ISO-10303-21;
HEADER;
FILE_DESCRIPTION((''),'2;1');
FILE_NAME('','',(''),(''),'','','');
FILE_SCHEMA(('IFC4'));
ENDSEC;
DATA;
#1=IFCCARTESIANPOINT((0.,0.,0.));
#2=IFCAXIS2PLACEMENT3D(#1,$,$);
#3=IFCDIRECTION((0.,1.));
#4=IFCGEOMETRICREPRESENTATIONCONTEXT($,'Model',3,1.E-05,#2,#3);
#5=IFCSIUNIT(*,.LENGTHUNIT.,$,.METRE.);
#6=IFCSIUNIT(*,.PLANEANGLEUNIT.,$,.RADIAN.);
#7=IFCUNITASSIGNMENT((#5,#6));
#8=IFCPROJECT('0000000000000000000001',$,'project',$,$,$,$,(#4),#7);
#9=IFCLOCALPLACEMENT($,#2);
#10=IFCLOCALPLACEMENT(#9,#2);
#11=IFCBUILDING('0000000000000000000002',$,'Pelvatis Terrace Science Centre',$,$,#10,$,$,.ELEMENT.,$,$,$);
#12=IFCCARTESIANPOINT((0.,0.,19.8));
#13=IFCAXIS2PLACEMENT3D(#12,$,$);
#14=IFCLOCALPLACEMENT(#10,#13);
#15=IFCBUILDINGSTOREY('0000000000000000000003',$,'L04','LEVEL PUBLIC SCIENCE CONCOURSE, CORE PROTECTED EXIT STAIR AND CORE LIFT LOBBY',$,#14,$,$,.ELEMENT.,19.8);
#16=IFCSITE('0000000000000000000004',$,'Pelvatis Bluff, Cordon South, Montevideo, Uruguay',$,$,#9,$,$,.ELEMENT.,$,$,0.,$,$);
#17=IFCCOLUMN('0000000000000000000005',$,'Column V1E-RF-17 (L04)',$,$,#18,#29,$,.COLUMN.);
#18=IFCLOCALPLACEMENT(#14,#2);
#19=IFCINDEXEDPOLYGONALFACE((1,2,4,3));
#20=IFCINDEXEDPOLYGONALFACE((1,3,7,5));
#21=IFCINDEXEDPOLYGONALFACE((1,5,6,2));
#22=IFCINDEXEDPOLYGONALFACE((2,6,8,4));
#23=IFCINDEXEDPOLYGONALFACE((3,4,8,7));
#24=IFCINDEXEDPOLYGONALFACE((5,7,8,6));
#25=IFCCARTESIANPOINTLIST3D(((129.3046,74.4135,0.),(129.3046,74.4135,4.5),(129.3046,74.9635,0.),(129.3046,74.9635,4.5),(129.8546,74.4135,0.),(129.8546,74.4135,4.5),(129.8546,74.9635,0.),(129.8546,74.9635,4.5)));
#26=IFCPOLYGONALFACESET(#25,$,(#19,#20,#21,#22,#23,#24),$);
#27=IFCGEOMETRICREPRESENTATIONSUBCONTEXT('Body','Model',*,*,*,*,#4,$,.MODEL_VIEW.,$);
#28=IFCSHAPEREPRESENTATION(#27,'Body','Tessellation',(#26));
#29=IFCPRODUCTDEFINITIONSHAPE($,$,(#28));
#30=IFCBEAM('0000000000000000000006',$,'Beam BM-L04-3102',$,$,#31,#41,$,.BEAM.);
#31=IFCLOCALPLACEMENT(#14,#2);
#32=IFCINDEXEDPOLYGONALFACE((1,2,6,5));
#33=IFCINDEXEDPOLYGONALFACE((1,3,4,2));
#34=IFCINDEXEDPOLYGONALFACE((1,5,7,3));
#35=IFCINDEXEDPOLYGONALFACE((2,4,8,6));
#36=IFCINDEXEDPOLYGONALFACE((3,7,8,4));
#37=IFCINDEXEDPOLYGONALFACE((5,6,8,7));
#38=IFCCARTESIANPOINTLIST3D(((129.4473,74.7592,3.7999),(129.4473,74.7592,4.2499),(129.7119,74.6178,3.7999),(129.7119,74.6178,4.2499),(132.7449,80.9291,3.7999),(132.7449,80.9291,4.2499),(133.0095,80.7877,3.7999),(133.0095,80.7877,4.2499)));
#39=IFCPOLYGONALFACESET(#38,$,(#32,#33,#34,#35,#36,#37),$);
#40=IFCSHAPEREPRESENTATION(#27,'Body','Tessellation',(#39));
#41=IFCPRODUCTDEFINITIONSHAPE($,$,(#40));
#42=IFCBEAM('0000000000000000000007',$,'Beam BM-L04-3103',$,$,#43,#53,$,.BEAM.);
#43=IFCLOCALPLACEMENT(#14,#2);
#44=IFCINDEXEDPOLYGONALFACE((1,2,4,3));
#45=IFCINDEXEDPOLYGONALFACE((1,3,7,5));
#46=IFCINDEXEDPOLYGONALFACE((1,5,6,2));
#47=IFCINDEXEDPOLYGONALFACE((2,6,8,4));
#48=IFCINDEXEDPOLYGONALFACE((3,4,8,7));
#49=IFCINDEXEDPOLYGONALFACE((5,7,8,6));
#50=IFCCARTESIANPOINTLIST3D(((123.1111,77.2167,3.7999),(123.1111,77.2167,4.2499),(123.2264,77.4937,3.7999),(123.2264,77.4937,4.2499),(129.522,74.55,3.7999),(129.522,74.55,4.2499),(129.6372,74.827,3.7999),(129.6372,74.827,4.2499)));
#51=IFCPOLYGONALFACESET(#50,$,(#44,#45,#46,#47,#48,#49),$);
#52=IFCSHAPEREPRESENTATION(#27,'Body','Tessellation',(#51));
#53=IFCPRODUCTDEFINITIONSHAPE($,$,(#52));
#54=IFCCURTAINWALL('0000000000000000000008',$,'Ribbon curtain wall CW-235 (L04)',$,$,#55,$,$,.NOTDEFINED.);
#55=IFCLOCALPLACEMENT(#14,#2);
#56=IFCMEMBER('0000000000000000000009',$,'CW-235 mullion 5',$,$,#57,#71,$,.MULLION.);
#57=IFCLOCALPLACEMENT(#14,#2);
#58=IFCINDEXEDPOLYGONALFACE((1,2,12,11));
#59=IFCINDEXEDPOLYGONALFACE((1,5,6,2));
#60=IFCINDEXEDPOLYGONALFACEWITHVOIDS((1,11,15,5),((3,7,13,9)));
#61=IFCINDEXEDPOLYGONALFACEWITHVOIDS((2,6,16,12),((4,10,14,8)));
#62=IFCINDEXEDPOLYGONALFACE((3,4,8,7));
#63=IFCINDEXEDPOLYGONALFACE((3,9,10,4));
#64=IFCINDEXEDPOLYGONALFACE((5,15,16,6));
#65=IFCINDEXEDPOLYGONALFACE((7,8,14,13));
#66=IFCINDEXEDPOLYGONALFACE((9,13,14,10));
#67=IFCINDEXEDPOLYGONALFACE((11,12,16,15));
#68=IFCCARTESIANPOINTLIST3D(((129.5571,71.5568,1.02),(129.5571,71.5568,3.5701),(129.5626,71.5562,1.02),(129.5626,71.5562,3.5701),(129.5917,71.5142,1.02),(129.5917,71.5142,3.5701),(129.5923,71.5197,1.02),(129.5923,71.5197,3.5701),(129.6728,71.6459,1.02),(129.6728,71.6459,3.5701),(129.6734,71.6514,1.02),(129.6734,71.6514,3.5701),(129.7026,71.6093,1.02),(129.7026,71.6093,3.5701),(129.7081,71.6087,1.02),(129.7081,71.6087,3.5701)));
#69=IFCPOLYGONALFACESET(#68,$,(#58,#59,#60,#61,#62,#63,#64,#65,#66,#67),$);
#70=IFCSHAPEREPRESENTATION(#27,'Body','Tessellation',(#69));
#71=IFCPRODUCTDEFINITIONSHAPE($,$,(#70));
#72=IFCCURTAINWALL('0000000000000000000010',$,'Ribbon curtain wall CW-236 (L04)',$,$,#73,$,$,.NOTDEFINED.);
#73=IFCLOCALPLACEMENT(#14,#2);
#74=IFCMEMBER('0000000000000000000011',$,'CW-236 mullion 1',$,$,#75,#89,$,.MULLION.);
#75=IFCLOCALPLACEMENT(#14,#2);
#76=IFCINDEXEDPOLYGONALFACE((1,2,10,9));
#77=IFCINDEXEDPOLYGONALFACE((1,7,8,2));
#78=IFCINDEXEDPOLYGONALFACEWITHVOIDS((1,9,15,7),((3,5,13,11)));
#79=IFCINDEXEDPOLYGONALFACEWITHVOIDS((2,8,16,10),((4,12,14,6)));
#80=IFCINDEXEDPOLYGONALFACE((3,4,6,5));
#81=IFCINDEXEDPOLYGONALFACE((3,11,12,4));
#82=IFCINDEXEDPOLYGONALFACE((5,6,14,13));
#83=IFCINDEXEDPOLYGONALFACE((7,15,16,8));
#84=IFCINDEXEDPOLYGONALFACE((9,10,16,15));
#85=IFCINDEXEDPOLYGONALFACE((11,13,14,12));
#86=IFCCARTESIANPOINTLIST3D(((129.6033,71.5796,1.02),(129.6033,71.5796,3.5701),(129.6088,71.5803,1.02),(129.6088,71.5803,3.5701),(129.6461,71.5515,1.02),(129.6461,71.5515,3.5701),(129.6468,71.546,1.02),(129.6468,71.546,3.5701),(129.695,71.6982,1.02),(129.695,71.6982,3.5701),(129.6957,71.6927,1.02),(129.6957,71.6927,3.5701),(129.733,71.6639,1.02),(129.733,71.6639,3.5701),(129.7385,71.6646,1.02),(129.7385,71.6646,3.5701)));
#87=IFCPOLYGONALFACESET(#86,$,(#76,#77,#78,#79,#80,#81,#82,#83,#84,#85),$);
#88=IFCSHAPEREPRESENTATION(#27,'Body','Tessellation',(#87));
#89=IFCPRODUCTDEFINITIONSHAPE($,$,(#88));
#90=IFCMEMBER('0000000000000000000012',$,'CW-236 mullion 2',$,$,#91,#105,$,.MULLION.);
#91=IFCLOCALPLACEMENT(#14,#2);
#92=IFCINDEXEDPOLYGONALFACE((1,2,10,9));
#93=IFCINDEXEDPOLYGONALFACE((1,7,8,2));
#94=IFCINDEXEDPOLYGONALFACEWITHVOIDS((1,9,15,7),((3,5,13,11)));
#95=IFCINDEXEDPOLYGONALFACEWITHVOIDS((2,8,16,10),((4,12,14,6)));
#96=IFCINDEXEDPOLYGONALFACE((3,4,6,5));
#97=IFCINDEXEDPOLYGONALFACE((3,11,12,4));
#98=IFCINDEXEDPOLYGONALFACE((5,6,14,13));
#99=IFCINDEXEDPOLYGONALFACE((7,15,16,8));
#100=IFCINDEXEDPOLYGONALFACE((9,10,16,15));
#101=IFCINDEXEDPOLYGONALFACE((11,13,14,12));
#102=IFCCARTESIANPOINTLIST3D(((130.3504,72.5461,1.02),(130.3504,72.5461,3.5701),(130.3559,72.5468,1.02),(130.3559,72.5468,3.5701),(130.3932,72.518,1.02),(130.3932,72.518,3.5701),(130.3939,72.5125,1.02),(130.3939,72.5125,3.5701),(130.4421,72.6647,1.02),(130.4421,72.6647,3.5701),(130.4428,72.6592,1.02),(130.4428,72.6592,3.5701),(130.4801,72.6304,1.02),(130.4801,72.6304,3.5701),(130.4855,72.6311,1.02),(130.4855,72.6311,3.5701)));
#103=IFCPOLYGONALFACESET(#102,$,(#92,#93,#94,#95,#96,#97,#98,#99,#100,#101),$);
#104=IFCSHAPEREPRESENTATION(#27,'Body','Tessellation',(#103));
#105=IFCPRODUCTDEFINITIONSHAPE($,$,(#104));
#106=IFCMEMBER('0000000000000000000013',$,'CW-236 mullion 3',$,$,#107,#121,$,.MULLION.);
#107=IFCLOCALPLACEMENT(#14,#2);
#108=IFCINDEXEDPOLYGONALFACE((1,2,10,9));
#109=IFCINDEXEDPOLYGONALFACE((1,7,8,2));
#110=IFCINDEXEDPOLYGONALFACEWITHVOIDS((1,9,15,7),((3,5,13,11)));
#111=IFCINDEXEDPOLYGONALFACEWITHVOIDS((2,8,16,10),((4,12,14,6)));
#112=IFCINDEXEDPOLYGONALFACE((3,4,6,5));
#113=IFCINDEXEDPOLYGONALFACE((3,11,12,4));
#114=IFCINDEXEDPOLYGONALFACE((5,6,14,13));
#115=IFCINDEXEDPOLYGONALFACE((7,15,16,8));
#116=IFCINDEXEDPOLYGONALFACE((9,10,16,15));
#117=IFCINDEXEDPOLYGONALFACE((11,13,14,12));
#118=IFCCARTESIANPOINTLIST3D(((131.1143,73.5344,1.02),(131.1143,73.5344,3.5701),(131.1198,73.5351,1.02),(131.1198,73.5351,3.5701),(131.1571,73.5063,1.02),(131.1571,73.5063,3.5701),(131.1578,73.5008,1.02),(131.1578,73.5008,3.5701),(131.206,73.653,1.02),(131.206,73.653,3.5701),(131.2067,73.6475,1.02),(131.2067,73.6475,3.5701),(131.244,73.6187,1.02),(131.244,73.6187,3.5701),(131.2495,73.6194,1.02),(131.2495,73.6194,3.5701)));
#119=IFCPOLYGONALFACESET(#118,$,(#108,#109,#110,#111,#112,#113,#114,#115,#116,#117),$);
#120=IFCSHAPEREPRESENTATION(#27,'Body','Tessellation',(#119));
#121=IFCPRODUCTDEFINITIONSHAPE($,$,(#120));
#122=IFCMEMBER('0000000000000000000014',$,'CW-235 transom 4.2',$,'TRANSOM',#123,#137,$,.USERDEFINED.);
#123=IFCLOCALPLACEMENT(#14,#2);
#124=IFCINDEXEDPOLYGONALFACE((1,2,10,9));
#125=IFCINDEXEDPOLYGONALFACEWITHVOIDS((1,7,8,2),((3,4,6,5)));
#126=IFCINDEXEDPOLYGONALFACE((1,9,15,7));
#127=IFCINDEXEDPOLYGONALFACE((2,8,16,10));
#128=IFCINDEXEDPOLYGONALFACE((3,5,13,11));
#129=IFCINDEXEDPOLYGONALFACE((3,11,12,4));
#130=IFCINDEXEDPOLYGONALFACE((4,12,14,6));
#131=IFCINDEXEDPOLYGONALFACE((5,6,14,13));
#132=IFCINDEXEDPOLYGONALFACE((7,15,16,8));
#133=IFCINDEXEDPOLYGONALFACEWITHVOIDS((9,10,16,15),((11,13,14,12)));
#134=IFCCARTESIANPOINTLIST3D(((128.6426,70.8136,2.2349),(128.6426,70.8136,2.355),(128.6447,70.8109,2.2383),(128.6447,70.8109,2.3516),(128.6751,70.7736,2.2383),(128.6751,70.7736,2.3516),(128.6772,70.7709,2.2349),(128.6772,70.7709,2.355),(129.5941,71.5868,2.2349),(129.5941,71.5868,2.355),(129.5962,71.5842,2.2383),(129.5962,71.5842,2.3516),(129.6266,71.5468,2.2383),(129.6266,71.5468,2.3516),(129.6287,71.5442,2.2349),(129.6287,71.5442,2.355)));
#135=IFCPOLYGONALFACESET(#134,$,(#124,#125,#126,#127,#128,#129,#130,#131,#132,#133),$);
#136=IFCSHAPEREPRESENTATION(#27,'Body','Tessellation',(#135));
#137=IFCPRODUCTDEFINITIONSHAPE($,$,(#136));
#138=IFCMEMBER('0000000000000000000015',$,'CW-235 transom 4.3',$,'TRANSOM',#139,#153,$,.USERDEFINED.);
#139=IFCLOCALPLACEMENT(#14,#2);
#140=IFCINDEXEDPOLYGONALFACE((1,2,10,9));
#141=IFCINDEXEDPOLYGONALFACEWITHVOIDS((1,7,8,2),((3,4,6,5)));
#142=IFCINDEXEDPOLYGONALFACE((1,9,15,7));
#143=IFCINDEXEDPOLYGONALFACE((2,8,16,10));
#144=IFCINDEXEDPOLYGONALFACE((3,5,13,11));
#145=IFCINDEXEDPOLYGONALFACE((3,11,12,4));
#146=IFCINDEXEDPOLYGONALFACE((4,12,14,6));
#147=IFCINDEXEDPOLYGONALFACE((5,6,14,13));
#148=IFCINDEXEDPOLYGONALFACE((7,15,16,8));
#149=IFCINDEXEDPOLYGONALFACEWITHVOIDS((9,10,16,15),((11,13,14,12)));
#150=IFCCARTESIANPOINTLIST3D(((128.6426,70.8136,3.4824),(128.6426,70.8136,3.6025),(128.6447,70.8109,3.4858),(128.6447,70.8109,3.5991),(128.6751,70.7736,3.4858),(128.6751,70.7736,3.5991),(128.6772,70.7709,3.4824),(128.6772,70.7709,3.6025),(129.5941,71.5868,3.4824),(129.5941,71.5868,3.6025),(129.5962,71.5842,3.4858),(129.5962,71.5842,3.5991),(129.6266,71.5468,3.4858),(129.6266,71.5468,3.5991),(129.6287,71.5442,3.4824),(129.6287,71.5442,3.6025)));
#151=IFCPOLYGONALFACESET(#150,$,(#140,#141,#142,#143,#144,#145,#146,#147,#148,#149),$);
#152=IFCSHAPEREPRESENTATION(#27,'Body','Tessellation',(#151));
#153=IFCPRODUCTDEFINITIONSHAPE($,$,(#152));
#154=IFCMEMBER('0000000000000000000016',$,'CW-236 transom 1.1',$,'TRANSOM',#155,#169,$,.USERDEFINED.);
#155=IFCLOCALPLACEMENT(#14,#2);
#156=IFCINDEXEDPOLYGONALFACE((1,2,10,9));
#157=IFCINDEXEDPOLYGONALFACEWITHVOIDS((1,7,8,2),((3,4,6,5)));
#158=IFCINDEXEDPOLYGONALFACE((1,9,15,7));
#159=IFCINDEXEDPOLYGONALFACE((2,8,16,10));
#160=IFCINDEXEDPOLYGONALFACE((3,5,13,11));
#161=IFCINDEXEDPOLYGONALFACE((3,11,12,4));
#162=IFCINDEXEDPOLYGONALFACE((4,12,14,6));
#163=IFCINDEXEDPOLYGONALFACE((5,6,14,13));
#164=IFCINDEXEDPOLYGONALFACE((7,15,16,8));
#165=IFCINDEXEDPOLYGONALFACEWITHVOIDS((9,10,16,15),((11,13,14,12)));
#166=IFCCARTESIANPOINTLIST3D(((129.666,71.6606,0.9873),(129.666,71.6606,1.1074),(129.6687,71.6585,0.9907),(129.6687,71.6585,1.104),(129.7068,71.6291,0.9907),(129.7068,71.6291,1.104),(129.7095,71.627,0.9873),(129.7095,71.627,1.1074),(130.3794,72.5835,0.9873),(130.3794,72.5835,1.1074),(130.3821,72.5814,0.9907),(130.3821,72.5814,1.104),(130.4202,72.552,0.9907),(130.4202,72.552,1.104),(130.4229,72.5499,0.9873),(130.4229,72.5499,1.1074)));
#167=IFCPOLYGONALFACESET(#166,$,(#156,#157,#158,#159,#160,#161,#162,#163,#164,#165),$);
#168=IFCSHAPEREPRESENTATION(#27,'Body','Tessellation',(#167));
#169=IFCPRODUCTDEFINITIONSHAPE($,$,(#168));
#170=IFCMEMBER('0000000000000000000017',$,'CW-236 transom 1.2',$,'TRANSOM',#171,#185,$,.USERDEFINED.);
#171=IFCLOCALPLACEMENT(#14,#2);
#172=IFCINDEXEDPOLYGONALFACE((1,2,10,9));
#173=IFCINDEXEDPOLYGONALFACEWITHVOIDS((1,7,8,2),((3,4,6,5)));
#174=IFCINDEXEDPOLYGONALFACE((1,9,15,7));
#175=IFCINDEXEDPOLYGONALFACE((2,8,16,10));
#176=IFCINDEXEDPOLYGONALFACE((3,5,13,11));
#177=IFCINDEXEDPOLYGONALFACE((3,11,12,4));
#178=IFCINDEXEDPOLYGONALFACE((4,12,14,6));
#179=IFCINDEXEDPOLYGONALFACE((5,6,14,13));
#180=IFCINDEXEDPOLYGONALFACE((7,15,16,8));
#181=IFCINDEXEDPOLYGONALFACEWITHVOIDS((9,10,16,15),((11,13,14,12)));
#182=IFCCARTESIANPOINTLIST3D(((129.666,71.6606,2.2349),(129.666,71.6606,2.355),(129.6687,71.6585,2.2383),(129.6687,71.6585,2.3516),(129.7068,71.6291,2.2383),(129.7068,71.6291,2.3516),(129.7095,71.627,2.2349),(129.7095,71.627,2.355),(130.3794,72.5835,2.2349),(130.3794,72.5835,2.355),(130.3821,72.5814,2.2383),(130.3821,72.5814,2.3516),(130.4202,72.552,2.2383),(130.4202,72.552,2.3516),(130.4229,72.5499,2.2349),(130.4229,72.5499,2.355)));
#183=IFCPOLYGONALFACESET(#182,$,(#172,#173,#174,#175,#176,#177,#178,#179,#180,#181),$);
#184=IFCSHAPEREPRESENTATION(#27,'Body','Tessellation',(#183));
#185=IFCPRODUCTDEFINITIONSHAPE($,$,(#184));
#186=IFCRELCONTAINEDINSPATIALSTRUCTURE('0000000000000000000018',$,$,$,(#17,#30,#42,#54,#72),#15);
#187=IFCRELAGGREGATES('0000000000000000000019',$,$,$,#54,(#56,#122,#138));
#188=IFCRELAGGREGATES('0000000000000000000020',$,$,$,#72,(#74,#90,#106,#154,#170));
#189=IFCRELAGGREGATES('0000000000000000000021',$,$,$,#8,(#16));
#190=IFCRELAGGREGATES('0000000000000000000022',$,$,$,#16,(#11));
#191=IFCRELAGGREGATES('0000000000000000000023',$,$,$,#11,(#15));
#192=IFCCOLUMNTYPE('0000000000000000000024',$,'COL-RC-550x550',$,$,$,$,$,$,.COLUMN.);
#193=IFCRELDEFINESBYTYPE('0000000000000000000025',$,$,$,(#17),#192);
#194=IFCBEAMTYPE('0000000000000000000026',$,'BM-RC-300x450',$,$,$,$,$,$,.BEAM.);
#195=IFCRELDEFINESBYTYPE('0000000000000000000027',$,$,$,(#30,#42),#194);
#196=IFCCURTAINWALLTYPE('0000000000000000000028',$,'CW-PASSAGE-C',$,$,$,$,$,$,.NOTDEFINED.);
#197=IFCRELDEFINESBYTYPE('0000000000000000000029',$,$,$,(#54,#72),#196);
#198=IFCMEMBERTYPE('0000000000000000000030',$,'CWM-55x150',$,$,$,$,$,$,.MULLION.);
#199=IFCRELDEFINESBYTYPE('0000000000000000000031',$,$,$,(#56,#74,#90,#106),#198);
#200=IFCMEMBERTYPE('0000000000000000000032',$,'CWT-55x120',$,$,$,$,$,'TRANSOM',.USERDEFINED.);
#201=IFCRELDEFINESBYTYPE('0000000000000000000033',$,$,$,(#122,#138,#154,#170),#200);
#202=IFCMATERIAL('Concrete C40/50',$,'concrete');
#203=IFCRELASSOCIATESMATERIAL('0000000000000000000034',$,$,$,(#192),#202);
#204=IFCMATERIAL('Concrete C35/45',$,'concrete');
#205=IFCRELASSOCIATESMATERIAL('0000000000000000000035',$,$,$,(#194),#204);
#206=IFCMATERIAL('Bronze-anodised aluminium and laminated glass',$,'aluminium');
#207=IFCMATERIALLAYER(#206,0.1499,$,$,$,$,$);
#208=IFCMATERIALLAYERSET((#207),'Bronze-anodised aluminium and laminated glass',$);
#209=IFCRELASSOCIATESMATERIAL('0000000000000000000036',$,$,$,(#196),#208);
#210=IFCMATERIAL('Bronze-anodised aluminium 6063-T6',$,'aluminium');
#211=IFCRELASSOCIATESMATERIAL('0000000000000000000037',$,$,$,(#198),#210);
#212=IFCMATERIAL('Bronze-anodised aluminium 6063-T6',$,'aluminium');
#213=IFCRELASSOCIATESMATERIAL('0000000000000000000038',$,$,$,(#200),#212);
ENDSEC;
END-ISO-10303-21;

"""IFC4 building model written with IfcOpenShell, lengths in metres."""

from ifc_helpers import new_model, si_unit, direction, frame, origin, origin_2d, place, context, subcontext, project, spatial, rectangle, hollow_rectangle, extrude, material, layer, layer_set, material_profile, profile_set, type_object, element, aggregate, save


model = new_model("IFC4")

# Units and contexts
model_context = context("Model", 3, precision=1e-05, world=origin(), true_north=direction((0.0, 1.0)))
body_context = subcontext(model_context, "Body", "Model", "MODEL_VIEW")
ifc_project = project(units=[si_unit("LENGTHUNIT", "METRE"), si_unit("PLANEANGLEUNIT", "RADIAN")], contexts=[model_context])

# Site, building, storey
site_placement = place(None, origin())
site = spatial("IfcSite", under=ifc_project, at=site_placement, Name="Pelvatis Bluff, Cordon South, Montevideo, Uruguay", CompositionType="ELEMENT", RefElevation=0.0)
building_placement = place(site_placement, origin())
building = spatial("IfcBuilding", under=site, at=building_placement, Name="Pelvatis Terrace Science Centre", CompositionType="ELEMENT")
storey_placement = place(building_placement, frame((0.0, 0.0, 19.8)))
storey = spatial("IfcBuildingStorey", under=building, at=storey_placement, Name="L04", Description="LEVEL PUBLIC SCIENCE CONCOURSE, CORE PROTECTED EXIT STAIR AND CORE LIFT LOBBY", CompositionType="ELEMENT", Elevation=19.8)

# Column
ifc_material_1 = material(Name="Concrete C40/50", Category="concrete")
ifc_material_profile_1 = material_profile(ifc_material_1, rectangle(XDim=0.55, YDim=0.55, at=origin_2d()), Name="RC-COL 550x550")
ifc_profile_set_1 = profile_set([ifc_material_profile_1], Name="Concrete C40/50")
column_type = type_object("IfcColumnType", Name="COL-RC-550x550", PredefinedType="COLUMN", material=ifc_profile_set_1)
column_placement = place(storey_placement, frame((129.5796, 74.6885, 0.0), z_axis=(0.0, 0.0, 1.0), x_axis=(1.0, 0.0, 0.0)))
element("IfcColumn", 1, at=column_placement, inside=storey, type_object=column_type, Name="Column V1E-RF-17 (L04)", PredefinedType="COLUMN", context=body_context, shape_type="SweptSolid", body=[
    extrude(rectangle(XDim=0.55, YDim=0.55, at=origin_2d()), origin(), (0.0, 0.0, 1.0), 4.5),
])

# Beams
ifc_material_2 = material(Name="Concrete C35/45", Category="concrete")
ifc_material_profile_2 = material_profile(ifc_material_2, rectangle(XDim=0.3, YDim=0.45, at=origin_2d()), Name="RC-BM 300x450")
ifc_profile_set_2 = profile_set([ifc_material_profile_2], Name="Concrete C35/45")
beam_type = type_object("IfcBeamType", Name="BM-RC-300x450", PredefinedType="BEAM", material=ifc_profile_set_2)
beam_1_placement = place(storey_placement, frame((129.5796, 74.6885, 4.0249), z_axis=(0.471365, 0.881938, 0.0), x_axis=(-0.881938, 0.471365, 0.0)))
element("IfcBeam", 2, at=beam_1_placement, inside=storey, type_object=beam_type, Name="Beam BM-L04-3102", PredefinedType="BEAM", context=body_context, shape_type="SweptSolid", body=[
    extrude(rectangle(XDim=0.3, YDim=0.45, at=origin_2d()), origin(), (0.0, 0.0, 1.0), 6.9958),
])
beam_2_placement = place(storey_placement, frame((129.5796, 74.6885, 4.0249), z_axis=(-0.923305, 0.384069, 0.0), x_axis=(-0.384069, -0.923305, 0.0)))
element("IfcBeam", 3, at=beam_2_placement, inside=storey, type_object=beam_type, Name="Beam BM-L04-3103", PredefinedType="BEAM", context=body_context, shape_type="SweptSolid", body=[
    extrude(rectangle(XDim=0.3, YDim=0.45, at=origin_2d()), origin(), (0.0, 0.0, 1.0), 6.9434),
])

# Curtain wall, member
ifc_material_3 = material(Name="Bronze-anodised aluminium and laminated glass", Category="aluminium")
ifc_layer_1 = layer(ifc_material_3, 0.1499)
ifc_layer_set_1 = layer_set([ifc_layer_1], Name="Bronze-anodised aluminium and laminated glass")
curtain_wall_type = type_object("IfcCurtainWallType", Name="CW-PASSAGE-C", PredefinedType="NOTDEFINED", material=ifc_layer_set_1)
curtain_wall_1_placement = place(storey_placement, origin())
curtain_wall_1 = element("IfcCurtainWall", 4, at=curtain_wall_1_placement, inside=storey, type_object=curtain_wall_type, Name="Ribbon curtain wall CW-235 (L04)", PredefinedType="NOTDEFINED")
ifc_material_4 = material(Name="Bronze-anodised aluminium 6063-T6", Category="aluminium")
ifc_material_profile_3 = material_profile(ifc_material_4, hollow_rectangle(XDim=0.0549, YDim=0.1499, WallThickness=0.0039, at=origin_2d()), Name="ALU-MUL 55x150")
ifc_profile_set_3 = profile_set([ifc_material_profile_3], Name="Bronze-anodised aluminium 6063-T6")
member_type_1 = type_object("IfcMemberType", Name="CWM-55x150", PredefinedType="MULLION", material=ifc_profile_set_3)
member_1_placement = place(storey_placement, frame((129.6326, 71.5828, 1.02), z_axis=(0.0, 0.0, 1.0), x_axis=(-0.630757, 0.77598, 0.0)))
member_1 = element("IfcMember", 5, at=member_1_placement, type_object=member_type_1, Name="CW-235 mullion 5", PredefinedType="MULLION", context=body_context, shape_type="SweptSolid", body=[
    extrude(hollow_rectangle(XDim=0.0549, YDim=0.1499, WallThickness=0.0039, at=origin_2d()), origin(), (0.0, 0.0, 1.0), 2.55),
])

# Curtain wall, members
curtain_wall_2_placement = place(storey_placement, origin())
curtain_wall_2 = element("IfcCurtainWall", 6, at=curtain_wall_2_placement, inside=storey, type_object=curtain_wall_type, Name="Ribbon curtain wall CW-236 (L04)", PredefinedType="NOTDEFINED")
member_2_placement = place(storey_placement, frame((129.6709, 71.6221, 1.02), z_axis=(0.0, 0.0, 1.0), x_axis=(-0.791181, 0.611582, 0.0)))
member_2 = element("IfcMember", 7, at=member_2_placement, type_object=member_type_1, Name="CW-236 mullion 1", PredefinedType="MULLION", context=body_context, shape_type="SweptSolid", body=[
    extrude(hollow_rectangle(XDim=0.0549, YDim=0.1499, WallThickness=0.0039, at=origin_2d()), origin(), (0.0, 0.0, 1.0), 2.55),
])
member_3_placement = place(storey_placement, frame((130.418, 72.5886, 1.02), z_axis=(0.0, 0.0, 1.0), x_axis=(-0.791181, 0.611582, 0.0)))
member_3 = element("IfcMember", 8, at=member_3_placement, type_object=member_type_1, Name="CW-236 mullion 2", PredefinedType="MULLION", context=body_context, shape_type="SweptSolid", body=[
    extrude(hollow_rectangle(XDim=0.0549, YDim=0.1499, WallThickness=0.0039, at=origin_2d()), origin(), (0.0, 0.0, 1.0), 2.55),
])
member_4_placement = place(storey_placement, frame((131.1819, 73.5769, 1.02), z_axis=(0.0, 0.0, 1.0), x_axis=(-0.791181, 0.611582, 0.0)))
member_4 = element("IfcMember", 9, at=member_4_placement, type_object=member_type_1, Name="CW-236 mullion 3", PredefinedType="MULLION", context=body_context, shape_type="SweptSolid", body=[
    extrude(hollow_rectangle(XDim=0.0549, YDim=0.1499, WallThickness=0.0039, at=origin_2d()), origin(), (0.0, 0.0, 1.0), 2.55),
])

# Members
ifc_material_5 = material(Name="Bronze-anodised aluminium 6063-T6", Category="aluminium")
ifc_material_profile_4 = material_profile(ifc_material_5, hollow_rectangle(XDim=0.0549, YDim=0.1201, WallThickness=0.0034, at=origin_2d()), Name="ALU-TRN 55x120")
ifc_profile_set_4 = profile_set([ifc_material_profile_4], Name="Bronze-anodised aluminium 6063-T6")
member_type_2 = type_object("IfcMemberType", Name="CWT-55x120", ElementType="TRANSOM", PredefinedType="USERDEFINED", material=ifc_profile_set_4)
member_5_placement = place(storey_placement, frame((128.6599, 70.7922, 2.2949), z_axis=(0.776047, 0.630675, 0.0), x_axis=(-0.630675, 0.776047, 0.0)))
member_5 = element("IfcMember", 10, at=member_5_placement, type_object=member_type_2, Name="CW-235 transom 4.2", ObjectType="TRANSOM", PredefinedType="USERDEFINED", context=body_context, shape_type="SweptSolid", body=[
    extrude(hollow_rectangle(XDim=0.0549, YDim=0.1201, WallThickness=0.0034, at=origin_2d()), origin(), (0.0, 0.0, 1.0), 1.2261),
])
member_6_placement = place(storey_placement, frame((128.6599, 70.7922, 3.5425), z_axis=(0.776047, 0.630675, 0.0), x_axis=(-0.630675, 0.776047, 0.0)))
member_6 = element("IfcMember", 11, at=member_6_placement, type_object=member_type_2, Name="CW-235 transom 4.3", ObjectType="TRANSOM", PredefinedType="USERDEFINED", context=body_context, shape_type="SweptSolid", body=[
    extrude(hollow_rectangle(XDim=0.0549, YDim=0.1201, WallThickness=0.0034, at=origin_2d()), origin(), (0.0, 0.0, 1.0), 1.2261),
])
member_7_placement = place(storey_placement, frame((129.6877, 71.6438, 1.0474), z_axis=(0.61159, 0.791175, 0.0), x_axis=(-0.791175, 0.61159, 0.0)))
member_7 = element("IfcMember", 12, at=member_7_placement, type_object=member_type_2, Name="CW-236 transom 1.1", ObjectType="TRANSOM", PredefinedType="USERDEFINED", context=body_context, shape_type="SweptSolid", body=[
    extrude(hollow_rectangle(XDim=0.0549, YDim=0.1201, WallThickness=0.0034, at=origin_2d()), origin(), (0.0, 0.0, 1.0), 1.1665),
])
member_8_placement = place(storey_placement, frame((129.6877, 71.6438, 2.2949), z_axis=(0.61159, 0.791175, 0.0), x_axis=(-0.791175, 0.61159, 0.0)))
member_8 = element("IfcMember", 13, at=member_8_placement, type_object=member_type_2, Name="CW-236 transom 1.2", ObjectType="TRANSOM", PredefinedType="USERDEFINED", context=body_context, shape_type="SweptSolid", body=[
    extrude(hollow_rectangle(XDim=0.0549, YDim=0.1201, WallThickness=0.0034, at=origin_2d()), origin(), (0.0, 0.0, 1.0), 1.1665),
])

aggregate(curtain_wall_1, [member_1, member_5, member_6])
aggregate(curtain_wall_2, [member_2, member_3, member_4, member_7, member_8])

save(model, "model.ifc")
